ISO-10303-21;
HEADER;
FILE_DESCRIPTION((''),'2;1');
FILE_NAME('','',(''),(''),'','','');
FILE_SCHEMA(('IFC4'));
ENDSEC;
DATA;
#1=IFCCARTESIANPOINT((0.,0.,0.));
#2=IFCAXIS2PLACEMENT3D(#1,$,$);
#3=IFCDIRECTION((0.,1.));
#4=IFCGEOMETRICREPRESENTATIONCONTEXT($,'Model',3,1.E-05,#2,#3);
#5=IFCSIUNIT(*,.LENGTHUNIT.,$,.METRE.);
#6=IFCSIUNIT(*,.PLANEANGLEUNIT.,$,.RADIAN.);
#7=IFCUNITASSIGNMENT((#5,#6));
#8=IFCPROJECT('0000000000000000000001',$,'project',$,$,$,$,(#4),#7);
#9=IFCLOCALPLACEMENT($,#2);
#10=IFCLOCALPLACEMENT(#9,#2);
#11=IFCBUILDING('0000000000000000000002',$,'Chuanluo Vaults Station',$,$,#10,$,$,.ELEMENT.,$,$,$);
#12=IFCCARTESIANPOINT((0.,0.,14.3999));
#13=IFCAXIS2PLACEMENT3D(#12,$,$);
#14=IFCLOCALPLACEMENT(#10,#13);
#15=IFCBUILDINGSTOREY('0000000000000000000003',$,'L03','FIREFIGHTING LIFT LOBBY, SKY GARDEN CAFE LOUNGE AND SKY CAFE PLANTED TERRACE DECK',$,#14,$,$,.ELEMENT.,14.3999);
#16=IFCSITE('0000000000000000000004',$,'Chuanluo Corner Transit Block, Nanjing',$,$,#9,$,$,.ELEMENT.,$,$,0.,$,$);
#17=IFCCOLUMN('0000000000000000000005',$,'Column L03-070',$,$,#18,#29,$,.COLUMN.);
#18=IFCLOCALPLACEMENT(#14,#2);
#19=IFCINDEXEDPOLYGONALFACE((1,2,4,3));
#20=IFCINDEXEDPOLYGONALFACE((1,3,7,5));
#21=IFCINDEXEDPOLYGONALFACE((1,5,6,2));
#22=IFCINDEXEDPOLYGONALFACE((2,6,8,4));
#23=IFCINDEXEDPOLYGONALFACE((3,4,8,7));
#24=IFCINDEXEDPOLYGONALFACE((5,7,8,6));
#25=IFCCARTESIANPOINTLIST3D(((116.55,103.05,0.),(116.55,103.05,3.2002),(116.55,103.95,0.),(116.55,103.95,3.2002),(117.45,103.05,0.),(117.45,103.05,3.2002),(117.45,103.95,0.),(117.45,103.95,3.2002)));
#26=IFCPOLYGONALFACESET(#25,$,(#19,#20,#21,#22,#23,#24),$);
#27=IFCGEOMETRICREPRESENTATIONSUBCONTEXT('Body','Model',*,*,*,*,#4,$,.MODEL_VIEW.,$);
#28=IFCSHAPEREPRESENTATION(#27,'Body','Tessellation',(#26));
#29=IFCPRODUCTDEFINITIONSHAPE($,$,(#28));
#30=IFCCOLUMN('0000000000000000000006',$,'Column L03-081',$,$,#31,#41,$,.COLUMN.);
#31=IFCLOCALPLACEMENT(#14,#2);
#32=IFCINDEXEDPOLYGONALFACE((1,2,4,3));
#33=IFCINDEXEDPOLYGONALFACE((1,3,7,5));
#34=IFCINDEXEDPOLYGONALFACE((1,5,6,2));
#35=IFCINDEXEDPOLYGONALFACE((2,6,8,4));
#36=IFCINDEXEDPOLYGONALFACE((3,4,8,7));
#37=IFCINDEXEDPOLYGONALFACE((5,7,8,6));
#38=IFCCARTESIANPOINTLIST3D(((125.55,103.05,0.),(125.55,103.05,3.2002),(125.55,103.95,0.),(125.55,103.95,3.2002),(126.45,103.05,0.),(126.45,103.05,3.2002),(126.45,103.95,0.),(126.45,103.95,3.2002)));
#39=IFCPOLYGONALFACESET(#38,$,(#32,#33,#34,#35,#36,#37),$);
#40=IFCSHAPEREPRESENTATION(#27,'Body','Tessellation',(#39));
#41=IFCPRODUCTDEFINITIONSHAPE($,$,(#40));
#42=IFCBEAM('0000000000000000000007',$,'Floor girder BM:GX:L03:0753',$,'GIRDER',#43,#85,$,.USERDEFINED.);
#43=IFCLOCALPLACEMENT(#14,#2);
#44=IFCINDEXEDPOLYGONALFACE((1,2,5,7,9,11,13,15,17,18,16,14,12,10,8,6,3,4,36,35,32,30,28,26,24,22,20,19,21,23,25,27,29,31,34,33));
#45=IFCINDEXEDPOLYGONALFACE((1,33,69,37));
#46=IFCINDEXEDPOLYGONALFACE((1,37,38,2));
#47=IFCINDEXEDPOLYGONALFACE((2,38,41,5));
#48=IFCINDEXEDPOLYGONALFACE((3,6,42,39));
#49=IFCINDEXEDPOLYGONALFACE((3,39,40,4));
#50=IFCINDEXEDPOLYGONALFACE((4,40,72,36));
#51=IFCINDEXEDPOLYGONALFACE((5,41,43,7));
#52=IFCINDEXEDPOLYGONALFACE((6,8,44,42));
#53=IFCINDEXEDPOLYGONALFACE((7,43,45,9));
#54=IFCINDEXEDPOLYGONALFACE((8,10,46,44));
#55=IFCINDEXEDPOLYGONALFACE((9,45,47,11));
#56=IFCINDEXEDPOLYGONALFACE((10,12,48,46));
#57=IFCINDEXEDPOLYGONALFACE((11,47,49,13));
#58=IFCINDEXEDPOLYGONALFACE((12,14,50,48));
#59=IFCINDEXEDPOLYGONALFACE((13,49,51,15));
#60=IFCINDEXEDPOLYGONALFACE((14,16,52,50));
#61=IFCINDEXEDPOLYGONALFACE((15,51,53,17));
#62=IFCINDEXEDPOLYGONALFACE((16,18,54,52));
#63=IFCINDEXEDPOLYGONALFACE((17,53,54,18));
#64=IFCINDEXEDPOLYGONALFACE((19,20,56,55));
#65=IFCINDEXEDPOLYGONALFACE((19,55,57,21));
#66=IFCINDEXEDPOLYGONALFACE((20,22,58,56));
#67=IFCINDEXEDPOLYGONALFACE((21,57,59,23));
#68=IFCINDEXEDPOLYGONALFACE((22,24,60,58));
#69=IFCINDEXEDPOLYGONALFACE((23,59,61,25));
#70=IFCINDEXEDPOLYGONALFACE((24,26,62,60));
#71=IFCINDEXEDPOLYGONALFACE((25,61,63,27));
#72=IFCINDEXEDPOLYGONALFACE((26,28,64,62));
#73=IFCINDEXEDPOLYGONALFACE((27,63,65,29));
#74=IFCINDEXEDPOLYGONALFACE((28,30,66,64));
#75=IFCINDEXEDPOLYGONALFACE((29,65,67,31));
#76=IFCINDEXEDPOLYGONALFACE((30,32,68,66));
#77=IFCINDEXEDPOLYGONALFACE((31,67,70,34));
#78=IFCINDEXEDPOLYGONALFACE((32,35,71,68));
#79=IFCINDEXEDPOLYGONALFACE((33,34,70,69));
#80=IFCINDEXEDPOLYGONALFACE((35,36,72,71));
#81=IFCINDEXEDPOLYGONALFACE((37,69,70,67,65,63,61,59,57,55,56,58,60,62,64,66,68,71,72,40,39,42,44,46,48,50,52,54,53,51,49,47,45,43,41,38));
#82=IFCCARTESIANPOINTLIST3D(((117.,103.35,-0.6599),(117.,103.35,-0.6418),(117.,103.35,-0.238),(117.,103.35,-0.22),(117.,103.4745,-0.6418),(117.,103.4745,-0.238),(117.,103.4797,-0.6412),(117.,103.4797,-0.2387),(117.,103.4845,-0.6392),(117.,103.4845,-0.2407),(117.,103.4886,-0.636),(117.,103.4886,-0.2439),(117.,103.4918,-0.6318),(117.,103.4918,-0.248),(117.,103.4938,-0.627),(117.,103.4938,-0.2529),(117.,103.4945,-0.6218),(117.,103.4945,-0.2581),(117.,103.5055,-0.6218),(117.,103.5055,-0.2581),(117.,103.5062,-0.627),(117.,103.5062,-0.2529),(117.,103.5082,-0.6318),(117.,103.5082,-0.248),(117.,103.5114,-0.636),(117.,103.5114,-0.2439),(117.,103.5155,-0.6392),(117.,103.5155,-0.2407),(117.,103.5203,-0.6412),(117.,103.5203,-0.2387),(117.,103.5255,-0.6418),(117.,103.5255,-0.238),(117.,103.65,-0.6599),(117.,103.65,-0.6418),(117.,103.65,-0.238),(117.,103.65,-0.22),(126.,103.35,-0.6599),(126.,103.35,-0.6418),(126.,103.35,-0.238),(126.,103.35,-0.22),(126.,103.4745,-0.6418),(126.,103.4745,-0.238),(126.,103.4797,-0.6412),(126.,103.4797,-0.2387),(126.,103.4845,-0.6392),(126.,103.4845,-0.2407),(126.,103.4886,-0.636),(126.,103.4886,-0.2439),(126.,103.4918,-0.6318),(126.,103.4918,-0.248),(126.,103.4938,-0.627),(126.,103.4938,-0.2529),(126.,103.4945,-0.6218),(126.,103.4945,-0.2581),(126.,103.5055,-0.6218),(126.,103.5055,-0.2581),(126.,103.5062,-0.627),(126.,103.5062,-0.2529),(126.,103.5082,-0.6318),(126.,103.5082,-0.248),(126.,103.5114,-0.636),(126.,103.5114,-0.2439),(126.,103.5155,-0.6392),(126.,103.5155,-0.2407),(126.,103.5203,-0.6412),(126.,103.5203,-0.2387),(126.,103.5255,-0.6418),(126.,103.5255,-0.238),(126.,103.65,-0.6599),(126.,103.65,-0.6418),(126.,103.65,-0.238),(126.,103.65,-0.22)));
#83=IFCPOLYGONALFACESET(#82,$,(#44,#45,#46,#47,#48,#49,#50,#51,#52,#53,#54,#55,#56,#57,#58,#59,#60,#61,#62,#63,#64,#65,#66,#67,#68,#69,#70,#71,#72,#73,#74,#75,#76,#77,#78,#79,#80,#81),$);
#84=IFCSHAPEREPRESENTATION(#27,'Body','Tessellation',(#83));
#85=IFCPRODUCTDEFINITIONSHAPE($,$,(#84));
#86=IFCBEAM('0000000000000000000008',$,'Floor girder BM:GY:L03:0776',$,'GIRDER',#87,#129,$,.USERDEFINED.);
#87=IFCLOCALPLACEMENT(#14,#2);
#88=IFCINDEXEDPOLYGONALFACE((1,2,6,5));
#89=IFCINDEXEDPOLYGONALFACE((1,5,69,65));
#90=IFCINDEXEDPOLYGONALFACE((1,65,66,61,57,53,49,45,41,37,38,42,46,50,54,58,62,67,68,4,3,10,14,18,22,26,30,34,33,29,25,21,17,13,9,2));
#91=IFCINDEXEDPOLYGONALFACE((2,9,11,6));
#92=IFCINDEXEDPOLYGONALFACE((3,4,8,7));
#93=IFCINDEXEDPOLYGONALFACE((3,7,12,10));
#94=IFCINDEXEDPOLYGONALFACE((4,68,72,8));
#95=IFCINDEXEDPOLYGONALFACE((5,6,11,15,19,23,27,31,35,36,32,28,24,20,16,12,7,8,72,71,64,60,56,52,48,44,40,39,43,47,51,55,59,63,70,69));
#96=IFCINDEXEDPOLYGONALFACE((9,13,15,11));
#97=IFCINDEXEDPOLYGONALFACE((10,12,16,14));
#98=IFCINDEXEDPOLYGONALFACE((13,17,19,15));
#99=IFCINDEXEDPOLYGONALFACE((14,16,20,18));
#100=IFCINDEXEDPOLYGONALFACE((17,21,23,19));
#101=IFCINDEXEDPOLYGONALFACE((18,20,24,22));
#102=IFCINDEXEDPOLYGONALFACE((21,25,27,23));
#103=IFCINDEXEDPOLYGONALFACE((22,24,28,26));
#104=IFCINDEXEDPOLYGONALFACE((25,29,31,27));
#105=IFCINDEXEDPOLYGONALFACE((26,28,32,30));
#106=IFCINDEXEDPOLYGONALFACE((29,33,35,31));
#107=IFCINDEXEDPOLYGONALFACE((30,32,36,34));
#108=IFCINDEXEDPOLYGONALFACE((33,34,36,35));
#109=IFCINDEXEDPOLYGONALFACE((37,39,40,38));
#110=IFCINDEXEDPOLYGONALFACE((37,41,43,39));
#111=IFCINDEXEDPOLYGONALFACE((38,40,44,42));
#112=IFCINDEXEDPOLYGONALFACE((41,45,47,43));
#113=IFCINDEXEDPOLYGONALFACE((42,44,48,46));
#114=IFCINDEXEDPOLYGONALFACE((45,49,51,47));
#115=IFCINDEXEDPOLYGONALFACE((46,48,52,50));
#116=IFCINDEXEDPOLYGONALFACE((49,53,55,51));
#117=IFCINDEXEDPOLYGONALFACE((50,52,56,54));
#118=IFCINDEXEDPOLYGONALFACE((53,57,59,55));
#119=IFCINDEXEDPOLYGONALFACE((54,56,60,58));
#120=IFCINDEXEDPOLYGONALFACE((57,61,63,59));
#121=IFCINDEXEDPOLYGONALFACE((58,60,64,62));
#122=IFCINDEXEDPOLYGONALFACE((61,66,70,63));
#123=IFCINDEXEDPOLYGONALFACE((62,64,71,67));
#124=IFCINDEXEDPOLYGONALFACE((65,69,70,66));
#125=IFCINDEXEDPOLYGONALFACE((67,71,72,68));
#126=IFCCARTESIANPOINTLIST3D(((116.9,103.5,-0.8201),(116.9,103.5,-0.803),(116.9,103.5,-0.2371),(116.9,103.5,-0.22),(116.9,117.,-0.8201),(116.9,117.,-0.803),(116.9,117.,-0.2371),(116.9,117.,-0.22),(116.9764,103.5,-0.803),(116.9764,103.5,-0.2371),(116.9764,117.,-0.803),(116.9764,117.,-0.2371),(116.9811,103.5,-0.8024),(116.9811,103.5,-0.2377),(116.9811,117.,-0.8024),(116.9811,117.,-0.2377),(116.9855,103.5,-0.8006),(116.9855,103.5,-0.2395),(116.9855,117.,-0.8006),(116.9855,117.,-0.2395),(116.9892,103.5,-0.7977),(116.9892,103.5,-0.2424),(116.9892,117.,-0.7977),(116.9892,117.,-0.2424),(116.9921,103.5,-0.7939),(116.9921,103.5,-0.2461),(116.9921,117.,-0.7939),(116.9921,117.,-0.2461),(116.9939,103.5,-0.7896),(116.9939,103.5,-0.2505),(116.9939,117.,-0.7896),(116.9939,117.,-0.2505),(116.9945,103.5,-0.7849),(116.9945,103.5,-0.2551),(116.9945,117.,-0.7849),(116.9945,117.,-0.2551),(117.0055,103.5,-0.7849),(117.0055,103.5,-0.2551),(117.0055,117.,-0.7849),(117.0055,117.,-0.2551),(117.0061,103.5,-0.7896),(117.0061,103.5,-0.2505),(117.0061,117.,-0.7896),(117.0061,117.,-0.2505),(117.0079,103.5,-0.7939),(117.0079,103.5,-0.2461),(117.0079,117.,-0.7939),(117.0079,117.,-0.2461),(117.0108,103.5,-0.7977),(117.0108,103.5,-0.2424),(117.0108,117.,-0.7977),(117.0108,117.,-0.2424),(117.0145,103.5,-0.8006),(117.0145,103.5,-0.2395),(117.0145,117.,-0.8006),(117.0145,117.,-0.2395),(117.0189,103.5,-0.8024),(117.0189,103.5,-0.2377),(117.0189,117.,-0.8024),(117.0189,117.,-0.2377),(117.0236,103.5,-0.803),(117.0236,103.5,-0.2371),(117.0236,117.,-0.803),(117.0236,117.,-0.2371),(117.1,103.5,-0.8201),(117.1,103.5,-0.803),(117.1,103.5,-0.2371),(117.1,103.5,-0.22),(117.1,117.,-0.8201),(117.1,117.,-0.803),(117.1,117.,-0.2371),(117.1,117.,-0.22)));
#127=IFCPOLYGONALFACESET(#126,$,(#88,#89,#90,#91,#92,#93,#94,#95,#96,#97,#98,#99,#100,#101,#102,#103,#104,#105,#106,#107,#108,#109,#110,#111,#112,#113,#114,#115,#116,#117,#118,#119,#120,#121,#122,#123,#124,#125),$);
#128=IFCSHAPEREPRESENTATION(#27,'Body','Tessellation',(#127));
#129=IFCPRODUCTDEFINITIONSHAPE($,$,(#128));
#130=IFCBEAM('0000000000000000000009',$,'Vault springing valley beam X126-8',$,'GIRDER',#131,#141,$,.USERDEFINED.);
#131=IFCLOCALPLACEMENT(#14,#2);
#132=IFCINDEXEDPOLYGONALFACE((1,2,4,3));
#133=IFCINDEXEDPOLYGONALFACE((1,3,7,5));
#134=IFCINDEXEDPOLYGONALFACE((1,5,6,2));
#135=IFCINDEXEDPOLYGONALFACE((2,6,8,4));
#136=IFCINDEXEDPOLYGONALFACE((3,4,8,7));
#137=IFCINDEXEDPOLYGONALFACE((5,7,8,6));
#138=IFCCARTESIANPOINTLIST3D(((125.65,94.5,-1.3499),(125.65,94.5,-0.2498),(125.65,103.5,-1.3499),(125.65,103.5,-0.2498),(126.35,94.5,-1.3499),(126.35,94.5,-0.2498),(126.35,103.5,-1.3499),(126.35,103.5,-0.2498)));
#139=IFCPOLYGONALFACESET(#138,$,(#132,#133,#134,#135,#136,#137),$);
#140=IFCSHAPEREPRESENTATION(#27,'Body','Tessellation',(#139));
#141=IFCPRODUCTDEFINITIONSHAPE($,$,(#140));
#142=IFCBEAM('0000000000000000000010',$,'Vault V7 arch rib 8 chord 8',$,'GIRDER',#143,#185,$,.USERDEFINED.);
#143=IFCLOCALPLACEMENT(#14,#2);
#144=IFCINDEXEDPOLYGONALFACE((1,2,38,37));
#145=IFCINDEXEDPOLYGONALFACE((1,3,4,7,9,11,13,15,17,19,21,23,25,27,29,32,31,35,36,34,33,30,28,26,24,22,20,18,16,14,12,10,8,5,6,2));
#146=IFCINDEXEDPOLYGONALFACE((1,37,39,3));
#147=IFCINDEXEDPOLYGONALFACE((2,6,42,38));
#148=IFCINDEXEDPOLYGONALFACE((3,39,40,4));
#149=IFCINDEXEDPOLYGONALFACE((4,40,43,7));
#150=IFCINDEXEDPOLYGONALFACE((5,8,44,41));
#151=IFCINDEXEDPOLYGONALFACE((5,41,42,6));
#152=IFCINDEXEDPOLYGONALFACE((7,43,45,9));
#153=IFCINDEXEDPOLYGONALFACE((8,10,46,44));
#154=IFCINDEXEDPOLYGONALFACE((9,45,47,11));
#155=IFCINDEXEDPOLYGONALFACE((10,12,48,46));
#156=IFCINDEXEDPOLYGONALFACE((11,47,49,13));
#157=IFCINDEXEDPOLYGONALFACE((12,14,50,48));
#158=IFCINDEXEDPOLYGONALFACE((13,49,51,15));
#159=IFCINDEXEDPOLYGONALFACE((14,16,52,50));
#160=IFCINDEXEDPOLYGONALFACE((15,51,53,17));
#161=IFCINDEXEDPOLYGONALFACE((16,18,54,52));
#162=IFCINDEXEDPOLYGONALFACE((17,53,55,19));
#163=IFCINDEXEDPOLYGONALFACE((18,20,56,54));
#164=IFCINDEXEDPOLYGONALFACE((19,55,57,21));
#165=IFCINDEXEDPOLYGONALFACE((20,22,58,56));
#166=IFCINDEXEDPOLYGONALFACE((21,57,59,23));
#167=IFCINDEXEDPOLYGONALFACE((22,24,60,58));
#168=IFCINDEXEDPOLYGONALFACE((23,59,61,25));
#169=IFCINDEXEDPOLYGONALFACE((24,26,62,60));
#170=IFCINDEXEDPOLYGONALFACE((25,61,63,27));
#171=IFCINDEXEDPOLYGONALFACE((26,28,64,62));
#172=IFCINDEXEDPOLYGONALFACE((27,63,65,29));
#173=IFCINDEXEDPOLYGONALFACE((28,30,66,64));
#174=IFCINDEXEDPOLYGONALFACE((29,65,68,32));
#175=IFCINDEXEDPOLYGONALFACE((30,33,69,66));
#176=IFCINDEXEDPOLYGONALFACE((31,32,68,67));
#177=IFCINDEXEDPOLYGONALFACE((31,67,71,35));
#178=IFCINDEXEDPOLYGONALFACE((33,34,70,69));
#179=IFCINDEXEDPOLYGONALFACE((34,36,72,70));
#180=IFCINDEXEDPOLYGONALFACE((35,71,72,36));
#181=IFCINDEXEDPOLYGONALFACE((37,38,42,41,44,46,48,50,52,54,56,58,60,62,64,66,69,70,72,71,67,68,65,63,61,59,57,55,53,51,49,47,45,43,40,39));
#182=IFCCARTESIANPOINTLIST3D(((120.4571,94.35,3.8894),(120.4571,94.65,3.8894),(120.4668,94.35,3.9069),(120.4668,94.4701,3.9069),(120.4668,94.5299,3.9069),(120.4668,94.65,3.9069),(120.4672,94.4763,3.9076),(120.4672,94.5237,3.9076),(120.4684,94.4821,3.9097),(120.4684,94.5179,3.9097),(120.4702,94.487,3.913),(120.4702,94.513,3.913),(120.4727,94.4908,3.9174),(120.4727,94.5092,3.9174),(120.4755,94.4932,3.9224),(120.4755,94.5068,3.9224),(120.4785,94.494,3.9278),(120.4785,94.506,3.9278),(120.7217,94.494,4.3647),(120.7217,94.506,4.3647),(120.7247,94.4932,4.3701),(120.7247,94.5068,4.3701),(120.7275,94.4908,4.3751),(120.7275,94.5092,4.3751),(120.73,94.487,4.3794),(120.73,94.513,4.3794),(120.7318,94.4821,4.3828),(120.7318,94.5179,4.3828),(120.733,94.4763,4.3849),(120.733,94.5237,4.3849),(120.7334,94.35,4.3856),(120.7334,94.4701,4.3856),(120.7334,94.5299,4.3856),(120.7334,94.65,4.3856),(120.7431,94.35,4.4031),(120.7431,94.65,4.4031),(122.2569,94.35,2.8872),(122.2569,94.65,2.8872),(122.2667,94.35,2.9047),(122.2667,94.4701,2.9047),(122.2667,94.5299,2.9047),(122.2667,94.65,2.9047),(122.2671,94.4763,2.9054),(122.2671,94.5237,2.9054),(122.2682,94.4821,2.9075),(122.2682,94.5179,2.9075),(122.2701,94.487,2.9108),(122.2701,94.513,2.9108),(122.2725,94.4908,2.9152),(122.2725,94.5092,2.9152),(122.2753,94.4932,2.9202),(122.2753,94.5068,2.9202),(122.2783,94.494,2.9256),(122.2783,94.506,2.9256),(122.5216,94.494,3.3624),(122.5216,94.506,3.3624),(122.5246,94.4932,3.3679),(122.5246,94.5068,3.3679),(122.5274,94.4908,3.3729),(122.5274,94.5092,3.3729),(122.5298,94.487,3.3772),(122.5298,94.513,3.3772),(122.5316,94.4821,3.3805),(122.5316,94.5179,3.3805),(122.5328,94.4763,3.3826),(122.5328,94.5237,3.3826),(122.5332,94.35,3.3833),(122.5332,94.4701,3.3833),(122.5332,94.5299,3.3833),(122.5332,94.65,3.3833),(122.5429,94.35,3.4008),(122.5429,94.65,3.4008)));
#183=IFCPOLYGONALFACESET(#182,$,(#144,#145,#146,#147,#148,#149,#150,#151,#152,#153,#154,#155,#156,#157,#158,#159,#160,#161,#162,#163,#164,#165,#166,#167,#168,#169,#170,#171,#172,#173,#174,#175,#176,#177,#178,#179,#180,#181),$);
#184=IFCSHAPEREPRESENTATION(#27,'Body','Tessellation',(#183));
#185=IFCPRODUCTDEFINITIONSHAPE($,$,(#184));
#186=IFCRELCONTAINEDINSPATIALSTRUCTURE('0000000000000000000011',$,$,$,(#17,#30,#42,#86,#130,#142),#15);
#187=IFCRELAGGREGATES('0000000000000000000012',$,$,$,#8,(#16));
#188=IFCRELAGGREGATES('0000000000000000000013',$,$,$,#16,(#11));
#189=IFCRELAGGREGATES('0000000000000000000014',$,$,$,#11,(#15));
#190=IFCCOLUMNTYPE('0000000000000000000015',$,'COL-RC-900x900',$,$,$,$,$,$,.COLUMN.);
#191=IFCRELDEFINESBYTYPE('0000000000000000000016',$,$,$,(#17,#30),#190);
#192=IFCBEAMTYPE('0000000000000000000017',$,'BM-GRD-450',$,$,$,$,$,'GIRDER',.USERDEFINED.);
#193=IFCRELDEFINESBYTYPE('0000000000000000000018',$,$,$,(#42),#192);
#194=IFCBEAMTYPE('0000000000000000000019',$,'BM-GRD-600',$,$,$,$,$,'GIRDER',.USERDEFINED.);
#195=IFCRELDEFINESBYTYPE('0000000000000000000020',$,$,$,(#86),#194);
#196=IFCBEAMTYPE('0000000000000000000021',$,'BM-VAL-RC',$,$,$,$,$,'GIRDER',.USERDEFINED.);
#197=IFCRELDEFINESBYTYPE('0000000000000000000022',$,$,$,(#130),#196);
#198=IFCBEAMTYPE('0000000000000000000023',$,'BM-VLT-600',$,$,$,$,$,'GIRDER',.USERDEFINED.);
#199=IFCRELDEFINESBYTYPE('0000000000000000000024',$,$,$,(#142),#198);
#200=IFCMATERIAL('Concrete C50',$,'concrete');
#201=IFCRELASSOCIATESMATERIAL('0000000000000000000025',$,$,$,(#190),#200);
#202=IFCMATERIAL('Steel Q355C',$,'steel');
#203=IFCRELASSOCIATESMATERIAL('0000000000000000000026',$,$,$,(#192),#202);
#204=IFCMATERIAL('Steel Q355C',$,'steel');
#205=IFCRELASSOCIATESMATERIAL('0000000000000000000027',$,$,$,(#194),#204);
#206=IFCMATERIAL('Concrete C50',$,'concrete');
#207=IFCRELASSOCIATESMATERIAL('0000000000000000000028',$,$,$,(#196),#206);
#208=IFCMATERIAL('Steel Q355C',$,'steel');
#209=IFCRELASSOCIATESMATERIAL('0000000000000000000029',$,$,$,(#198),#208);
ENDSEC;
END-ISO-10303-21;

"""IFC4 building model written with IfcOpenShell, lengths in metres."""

from ifc_helpers import new_model, si_unit, direction, frame, origin, origin_2d, place, context, subcontext, project, spatial, rectangle, i_section, extrude, material, material_profile, profile_set, type_object, element, save


model = new_model("IFC4")

# Units and contexts
model_context = context("Model", 3, precision=1e-05, world=origin(), true_north=direction((0.0, 1.0)))
body_context = subcontext(model_context, "Body", "Model", "MODEL_VIEW")
ifc_project = project(units=[si_unit("LENGTHUNIT", "METRE"), si_unit("PLANEANGLEUNIT", "RADIAN")], contexts=[model_context])

# Site, building, storey
site_placement = place(None, origin())
site = spatial("IfcSite", under=ifc_project, at=site_placement, Name="Chuanluo Corner Transit Block, Nanjing", CompositionType="ELEMENT", RefElevation=0.0)
building_placement = place(site_placement, origin())
building = spatial("IfcBuilding", under=site, at=building_placement, Name="Chuanluo Vaults Station", CompositionType="ELEMENT")
storey_placement = place(building_placement, frame((0.0, 0.0, 14.3999)))
storey = spatial("IfcBuildingStorey", under=building, at=storey_placement, Name="L03", Description="FIREFIGHTING LIFT LOBBY, SKY GARDEN CAFE LOUNGE AND SKY CAFE PLANTED TERRACE DECK", CompositionType="ELEMENT", Elevation=14.3999)

# Columns
ifc_material_1 = material(Name="Concrete C50", Category="concrete")
ifc_material_profile_1 = material_profile(ifc_material_1, rectangle(XDim=0.8999, YDim=0.8999, at=origin_2d()))
ifc_profile_set_1 = profile_set([ifc_material_profile_1], Name="Concrete C50")
column_type = type_object("IfcColumnType", Name="COL-RC-900x900", PredefinedType="COLUMN", material=ifc_profile_set_1)
for number, where, z_axis, x_axis, name in (
    (1, (117.0, 103.5, 0.0), (0.0, 0.0, 1.0), (1.0, 0.0, 0.0), "Column L03-070"),
    (2, (126.0, 103.5, 0.0), (0.0, 0.0, 1.0), (1.0, 0.0, 0.0), "Column L03-081"),
):
    element("IfcColumn", number, at=place(storey_placement, frame(where, z_axis=z_axis, x_axis=x_axis)), inside=storey, type_object=column_type, Name=name, PredefinedType="COLUMN", context=body_context, shape_type="SweptSolid", body=[
        extrude(rectangle(XDim=0.8999, YDim=0.8999, at=origin_2d()), origin(), (0.0, 0.0, 1.0), 3.2002),
    ])

# Beams
ifc_material_2 = material(Name="Steel Q355C", Category="steel")
ifc_material_profile_2 = material_profile(ifc_material_2, i_section(OverallWidth=0.3, OverallDepth=0.4399, WebThickness=0.011, FlangeThickness=0.0181, FilletRadius=0.02, at=origin_2d()))
ifc_profile_set_2 = profile_set([ifc_material_profile_2], Name="Steel Q355C")
beam_type_1 = type_object("IfcBeamType", Name="BM-GRD-450", ElementType="GIRDER", PredefinedType="USERDEFINED", material=ifc_profile_set_2)
beam_1_placement = place(storey_placement, frame((117.0, 103.5, -0.4399), z_axis=(1.0, 0.0, 0.0), x_axis=(0.0, 1.0, 0.0)))
element("IfcBeam", 3, at=beam_1_placement, inside=storey, type_object=beam_type_1, Name="Floor girder BM:GX:L03:0753", ObjectType="GIRDER", PredefinedType="USERDEFINED", context=body_context, shape_type="SweptSolid", body=[
    extrude(i_section(OverallWidth=0.3, OverallDepth=0.4399, WebThickness=0.011, FlangeThickness=0.0181, FilletRadius=0.02, at=origin_2d()), origin(), (0.0, 0.0, 1.0), 9.0),
])
ifc_material_3 = material(Name="Steel Q355C", Category="steel")
ifc_material_profile_3 = material_profile(ifc_material_3, i_section(OverallWidth=0.2, OverallDepth=0.6001, WebThickness=0.011, FlangeThickness=0.0171, FilletRadius=0.0181, at=origin_2d()))
ifc_profile_set_3 = profile_set([ifc_material_profile_3], Name="Steel Q355C")
beam_type_2 = type_object("IfcBeamType", Name="BM-GRD-600", ElementType="GIRDER", PredefinedType="USERDEFINED", material=ifc_profile_set_3)
beam_2_placement = place(storey_placement, frame((117.0, 103.5, -0.52), z_axis=(0.0, 1.0, 0.0), x_axis=(-1.0, 0.0, 0.0)))
element("IfcBeam", 4, at=beam_2_placement, inside=storey, type_object=beam_type_2, Name="Floor girder BM:GY:L03:0776", ObjectType="GIRDER", PredefinedType="USERDEFINED", context=body_context, shape_type="SweptSolid", body=[
    extrude(i_section(OverallWidth=0.2, OverallDepth=0.6001, WebThickness=0.011, FlangeThickness=0.0171, FilletRadius=0.0181, at=origin_2d()), origin(), (0.0, 0.0, 1.0), 13.5),
])
ifc_material_4 = material(Name="Concrete C50", Category="concrete")
ifc_material_profile_4 = material_profile(ifc_material_4, rectangle(XDim=0.7, YDim=1.1001, at=origin_2d()))
ifc_profile_set_4 = profile_set([ifc_material_profile_4], Name="Concrete C50")
beam_type_3 = type_object("IfcBeamType", Name="BM-VAL-RC", ElementType="GIRDER", PredefinedType="USERDEFINED", material=ifc_profile_set_4)
beam_3_placement = place(storey_placement, frame((126.0, 94.5, -0.7998), z_axis=(0.0, 1.0, 0.0), x_axis=(-1.0, 0.0, 0.0)))
element("IfcBeam", 5, at=beam_3_placement, inside=storey, type_object=beam_type_3, Name="Vault springing valley beam X126-8", ObjectType="GIRDER", PredefinedType="USERDEFINED", context=body_context, shape_type="SweptSolid", body=[
    extrude(rectangle(XDim=0.7, YDim=1.1001, at=origin_2d()), origin(), (0.0, 0.0, 1.0), 9.0),
])
ifc_material_5 = material(Name="Steel Q355C", Category="steel")
ifc_material_profile_5 = material_profile(ifc_material_5, i_section(OverallWidth=0.3, OverallDepth=0.5879, WebThickness=0.012, FlangeThickness=0.02, FilletRadius=0.0239, at=origin_2d()))
ifc_profile_set_5 = profile_set([ifc_material_profile_5], Name="Steel Q355C")
beam_type_4 = type_object("IfcBeamType", Name="BM-VLT-600", ElementType="GIRDER", PredefinedType="USERDEFINED", material=ifc_profile_set_5)
beam_4_placement = place(storey_placement, frame((120.6001, 94.5, 4.1462), z_axis=(0.873682, 0.0, -0.486498), x_axis=(0.0, 1.0, 0.0)))
element("IfcBeam", 6, at=beam_4_placement, inside=storey, type_object=beam_type_4, Name="Vault V7 arch rib 8 chord 8", ObjectType="GIRDER", PredefinedType="USERDEFINED", context=body_context, shape_type="SweptSolid", body=[
    extrude(i_section(OverallWidth=0.3, OverallDepth=0.5879, WebThickness=0.012, FlangeThickness=0.02, FilletRadius=0.0239, at=origin_2d()), origin(), (0.0, 0.0, 1.0), 2.0601),
])

save(model, "model.ifc")
